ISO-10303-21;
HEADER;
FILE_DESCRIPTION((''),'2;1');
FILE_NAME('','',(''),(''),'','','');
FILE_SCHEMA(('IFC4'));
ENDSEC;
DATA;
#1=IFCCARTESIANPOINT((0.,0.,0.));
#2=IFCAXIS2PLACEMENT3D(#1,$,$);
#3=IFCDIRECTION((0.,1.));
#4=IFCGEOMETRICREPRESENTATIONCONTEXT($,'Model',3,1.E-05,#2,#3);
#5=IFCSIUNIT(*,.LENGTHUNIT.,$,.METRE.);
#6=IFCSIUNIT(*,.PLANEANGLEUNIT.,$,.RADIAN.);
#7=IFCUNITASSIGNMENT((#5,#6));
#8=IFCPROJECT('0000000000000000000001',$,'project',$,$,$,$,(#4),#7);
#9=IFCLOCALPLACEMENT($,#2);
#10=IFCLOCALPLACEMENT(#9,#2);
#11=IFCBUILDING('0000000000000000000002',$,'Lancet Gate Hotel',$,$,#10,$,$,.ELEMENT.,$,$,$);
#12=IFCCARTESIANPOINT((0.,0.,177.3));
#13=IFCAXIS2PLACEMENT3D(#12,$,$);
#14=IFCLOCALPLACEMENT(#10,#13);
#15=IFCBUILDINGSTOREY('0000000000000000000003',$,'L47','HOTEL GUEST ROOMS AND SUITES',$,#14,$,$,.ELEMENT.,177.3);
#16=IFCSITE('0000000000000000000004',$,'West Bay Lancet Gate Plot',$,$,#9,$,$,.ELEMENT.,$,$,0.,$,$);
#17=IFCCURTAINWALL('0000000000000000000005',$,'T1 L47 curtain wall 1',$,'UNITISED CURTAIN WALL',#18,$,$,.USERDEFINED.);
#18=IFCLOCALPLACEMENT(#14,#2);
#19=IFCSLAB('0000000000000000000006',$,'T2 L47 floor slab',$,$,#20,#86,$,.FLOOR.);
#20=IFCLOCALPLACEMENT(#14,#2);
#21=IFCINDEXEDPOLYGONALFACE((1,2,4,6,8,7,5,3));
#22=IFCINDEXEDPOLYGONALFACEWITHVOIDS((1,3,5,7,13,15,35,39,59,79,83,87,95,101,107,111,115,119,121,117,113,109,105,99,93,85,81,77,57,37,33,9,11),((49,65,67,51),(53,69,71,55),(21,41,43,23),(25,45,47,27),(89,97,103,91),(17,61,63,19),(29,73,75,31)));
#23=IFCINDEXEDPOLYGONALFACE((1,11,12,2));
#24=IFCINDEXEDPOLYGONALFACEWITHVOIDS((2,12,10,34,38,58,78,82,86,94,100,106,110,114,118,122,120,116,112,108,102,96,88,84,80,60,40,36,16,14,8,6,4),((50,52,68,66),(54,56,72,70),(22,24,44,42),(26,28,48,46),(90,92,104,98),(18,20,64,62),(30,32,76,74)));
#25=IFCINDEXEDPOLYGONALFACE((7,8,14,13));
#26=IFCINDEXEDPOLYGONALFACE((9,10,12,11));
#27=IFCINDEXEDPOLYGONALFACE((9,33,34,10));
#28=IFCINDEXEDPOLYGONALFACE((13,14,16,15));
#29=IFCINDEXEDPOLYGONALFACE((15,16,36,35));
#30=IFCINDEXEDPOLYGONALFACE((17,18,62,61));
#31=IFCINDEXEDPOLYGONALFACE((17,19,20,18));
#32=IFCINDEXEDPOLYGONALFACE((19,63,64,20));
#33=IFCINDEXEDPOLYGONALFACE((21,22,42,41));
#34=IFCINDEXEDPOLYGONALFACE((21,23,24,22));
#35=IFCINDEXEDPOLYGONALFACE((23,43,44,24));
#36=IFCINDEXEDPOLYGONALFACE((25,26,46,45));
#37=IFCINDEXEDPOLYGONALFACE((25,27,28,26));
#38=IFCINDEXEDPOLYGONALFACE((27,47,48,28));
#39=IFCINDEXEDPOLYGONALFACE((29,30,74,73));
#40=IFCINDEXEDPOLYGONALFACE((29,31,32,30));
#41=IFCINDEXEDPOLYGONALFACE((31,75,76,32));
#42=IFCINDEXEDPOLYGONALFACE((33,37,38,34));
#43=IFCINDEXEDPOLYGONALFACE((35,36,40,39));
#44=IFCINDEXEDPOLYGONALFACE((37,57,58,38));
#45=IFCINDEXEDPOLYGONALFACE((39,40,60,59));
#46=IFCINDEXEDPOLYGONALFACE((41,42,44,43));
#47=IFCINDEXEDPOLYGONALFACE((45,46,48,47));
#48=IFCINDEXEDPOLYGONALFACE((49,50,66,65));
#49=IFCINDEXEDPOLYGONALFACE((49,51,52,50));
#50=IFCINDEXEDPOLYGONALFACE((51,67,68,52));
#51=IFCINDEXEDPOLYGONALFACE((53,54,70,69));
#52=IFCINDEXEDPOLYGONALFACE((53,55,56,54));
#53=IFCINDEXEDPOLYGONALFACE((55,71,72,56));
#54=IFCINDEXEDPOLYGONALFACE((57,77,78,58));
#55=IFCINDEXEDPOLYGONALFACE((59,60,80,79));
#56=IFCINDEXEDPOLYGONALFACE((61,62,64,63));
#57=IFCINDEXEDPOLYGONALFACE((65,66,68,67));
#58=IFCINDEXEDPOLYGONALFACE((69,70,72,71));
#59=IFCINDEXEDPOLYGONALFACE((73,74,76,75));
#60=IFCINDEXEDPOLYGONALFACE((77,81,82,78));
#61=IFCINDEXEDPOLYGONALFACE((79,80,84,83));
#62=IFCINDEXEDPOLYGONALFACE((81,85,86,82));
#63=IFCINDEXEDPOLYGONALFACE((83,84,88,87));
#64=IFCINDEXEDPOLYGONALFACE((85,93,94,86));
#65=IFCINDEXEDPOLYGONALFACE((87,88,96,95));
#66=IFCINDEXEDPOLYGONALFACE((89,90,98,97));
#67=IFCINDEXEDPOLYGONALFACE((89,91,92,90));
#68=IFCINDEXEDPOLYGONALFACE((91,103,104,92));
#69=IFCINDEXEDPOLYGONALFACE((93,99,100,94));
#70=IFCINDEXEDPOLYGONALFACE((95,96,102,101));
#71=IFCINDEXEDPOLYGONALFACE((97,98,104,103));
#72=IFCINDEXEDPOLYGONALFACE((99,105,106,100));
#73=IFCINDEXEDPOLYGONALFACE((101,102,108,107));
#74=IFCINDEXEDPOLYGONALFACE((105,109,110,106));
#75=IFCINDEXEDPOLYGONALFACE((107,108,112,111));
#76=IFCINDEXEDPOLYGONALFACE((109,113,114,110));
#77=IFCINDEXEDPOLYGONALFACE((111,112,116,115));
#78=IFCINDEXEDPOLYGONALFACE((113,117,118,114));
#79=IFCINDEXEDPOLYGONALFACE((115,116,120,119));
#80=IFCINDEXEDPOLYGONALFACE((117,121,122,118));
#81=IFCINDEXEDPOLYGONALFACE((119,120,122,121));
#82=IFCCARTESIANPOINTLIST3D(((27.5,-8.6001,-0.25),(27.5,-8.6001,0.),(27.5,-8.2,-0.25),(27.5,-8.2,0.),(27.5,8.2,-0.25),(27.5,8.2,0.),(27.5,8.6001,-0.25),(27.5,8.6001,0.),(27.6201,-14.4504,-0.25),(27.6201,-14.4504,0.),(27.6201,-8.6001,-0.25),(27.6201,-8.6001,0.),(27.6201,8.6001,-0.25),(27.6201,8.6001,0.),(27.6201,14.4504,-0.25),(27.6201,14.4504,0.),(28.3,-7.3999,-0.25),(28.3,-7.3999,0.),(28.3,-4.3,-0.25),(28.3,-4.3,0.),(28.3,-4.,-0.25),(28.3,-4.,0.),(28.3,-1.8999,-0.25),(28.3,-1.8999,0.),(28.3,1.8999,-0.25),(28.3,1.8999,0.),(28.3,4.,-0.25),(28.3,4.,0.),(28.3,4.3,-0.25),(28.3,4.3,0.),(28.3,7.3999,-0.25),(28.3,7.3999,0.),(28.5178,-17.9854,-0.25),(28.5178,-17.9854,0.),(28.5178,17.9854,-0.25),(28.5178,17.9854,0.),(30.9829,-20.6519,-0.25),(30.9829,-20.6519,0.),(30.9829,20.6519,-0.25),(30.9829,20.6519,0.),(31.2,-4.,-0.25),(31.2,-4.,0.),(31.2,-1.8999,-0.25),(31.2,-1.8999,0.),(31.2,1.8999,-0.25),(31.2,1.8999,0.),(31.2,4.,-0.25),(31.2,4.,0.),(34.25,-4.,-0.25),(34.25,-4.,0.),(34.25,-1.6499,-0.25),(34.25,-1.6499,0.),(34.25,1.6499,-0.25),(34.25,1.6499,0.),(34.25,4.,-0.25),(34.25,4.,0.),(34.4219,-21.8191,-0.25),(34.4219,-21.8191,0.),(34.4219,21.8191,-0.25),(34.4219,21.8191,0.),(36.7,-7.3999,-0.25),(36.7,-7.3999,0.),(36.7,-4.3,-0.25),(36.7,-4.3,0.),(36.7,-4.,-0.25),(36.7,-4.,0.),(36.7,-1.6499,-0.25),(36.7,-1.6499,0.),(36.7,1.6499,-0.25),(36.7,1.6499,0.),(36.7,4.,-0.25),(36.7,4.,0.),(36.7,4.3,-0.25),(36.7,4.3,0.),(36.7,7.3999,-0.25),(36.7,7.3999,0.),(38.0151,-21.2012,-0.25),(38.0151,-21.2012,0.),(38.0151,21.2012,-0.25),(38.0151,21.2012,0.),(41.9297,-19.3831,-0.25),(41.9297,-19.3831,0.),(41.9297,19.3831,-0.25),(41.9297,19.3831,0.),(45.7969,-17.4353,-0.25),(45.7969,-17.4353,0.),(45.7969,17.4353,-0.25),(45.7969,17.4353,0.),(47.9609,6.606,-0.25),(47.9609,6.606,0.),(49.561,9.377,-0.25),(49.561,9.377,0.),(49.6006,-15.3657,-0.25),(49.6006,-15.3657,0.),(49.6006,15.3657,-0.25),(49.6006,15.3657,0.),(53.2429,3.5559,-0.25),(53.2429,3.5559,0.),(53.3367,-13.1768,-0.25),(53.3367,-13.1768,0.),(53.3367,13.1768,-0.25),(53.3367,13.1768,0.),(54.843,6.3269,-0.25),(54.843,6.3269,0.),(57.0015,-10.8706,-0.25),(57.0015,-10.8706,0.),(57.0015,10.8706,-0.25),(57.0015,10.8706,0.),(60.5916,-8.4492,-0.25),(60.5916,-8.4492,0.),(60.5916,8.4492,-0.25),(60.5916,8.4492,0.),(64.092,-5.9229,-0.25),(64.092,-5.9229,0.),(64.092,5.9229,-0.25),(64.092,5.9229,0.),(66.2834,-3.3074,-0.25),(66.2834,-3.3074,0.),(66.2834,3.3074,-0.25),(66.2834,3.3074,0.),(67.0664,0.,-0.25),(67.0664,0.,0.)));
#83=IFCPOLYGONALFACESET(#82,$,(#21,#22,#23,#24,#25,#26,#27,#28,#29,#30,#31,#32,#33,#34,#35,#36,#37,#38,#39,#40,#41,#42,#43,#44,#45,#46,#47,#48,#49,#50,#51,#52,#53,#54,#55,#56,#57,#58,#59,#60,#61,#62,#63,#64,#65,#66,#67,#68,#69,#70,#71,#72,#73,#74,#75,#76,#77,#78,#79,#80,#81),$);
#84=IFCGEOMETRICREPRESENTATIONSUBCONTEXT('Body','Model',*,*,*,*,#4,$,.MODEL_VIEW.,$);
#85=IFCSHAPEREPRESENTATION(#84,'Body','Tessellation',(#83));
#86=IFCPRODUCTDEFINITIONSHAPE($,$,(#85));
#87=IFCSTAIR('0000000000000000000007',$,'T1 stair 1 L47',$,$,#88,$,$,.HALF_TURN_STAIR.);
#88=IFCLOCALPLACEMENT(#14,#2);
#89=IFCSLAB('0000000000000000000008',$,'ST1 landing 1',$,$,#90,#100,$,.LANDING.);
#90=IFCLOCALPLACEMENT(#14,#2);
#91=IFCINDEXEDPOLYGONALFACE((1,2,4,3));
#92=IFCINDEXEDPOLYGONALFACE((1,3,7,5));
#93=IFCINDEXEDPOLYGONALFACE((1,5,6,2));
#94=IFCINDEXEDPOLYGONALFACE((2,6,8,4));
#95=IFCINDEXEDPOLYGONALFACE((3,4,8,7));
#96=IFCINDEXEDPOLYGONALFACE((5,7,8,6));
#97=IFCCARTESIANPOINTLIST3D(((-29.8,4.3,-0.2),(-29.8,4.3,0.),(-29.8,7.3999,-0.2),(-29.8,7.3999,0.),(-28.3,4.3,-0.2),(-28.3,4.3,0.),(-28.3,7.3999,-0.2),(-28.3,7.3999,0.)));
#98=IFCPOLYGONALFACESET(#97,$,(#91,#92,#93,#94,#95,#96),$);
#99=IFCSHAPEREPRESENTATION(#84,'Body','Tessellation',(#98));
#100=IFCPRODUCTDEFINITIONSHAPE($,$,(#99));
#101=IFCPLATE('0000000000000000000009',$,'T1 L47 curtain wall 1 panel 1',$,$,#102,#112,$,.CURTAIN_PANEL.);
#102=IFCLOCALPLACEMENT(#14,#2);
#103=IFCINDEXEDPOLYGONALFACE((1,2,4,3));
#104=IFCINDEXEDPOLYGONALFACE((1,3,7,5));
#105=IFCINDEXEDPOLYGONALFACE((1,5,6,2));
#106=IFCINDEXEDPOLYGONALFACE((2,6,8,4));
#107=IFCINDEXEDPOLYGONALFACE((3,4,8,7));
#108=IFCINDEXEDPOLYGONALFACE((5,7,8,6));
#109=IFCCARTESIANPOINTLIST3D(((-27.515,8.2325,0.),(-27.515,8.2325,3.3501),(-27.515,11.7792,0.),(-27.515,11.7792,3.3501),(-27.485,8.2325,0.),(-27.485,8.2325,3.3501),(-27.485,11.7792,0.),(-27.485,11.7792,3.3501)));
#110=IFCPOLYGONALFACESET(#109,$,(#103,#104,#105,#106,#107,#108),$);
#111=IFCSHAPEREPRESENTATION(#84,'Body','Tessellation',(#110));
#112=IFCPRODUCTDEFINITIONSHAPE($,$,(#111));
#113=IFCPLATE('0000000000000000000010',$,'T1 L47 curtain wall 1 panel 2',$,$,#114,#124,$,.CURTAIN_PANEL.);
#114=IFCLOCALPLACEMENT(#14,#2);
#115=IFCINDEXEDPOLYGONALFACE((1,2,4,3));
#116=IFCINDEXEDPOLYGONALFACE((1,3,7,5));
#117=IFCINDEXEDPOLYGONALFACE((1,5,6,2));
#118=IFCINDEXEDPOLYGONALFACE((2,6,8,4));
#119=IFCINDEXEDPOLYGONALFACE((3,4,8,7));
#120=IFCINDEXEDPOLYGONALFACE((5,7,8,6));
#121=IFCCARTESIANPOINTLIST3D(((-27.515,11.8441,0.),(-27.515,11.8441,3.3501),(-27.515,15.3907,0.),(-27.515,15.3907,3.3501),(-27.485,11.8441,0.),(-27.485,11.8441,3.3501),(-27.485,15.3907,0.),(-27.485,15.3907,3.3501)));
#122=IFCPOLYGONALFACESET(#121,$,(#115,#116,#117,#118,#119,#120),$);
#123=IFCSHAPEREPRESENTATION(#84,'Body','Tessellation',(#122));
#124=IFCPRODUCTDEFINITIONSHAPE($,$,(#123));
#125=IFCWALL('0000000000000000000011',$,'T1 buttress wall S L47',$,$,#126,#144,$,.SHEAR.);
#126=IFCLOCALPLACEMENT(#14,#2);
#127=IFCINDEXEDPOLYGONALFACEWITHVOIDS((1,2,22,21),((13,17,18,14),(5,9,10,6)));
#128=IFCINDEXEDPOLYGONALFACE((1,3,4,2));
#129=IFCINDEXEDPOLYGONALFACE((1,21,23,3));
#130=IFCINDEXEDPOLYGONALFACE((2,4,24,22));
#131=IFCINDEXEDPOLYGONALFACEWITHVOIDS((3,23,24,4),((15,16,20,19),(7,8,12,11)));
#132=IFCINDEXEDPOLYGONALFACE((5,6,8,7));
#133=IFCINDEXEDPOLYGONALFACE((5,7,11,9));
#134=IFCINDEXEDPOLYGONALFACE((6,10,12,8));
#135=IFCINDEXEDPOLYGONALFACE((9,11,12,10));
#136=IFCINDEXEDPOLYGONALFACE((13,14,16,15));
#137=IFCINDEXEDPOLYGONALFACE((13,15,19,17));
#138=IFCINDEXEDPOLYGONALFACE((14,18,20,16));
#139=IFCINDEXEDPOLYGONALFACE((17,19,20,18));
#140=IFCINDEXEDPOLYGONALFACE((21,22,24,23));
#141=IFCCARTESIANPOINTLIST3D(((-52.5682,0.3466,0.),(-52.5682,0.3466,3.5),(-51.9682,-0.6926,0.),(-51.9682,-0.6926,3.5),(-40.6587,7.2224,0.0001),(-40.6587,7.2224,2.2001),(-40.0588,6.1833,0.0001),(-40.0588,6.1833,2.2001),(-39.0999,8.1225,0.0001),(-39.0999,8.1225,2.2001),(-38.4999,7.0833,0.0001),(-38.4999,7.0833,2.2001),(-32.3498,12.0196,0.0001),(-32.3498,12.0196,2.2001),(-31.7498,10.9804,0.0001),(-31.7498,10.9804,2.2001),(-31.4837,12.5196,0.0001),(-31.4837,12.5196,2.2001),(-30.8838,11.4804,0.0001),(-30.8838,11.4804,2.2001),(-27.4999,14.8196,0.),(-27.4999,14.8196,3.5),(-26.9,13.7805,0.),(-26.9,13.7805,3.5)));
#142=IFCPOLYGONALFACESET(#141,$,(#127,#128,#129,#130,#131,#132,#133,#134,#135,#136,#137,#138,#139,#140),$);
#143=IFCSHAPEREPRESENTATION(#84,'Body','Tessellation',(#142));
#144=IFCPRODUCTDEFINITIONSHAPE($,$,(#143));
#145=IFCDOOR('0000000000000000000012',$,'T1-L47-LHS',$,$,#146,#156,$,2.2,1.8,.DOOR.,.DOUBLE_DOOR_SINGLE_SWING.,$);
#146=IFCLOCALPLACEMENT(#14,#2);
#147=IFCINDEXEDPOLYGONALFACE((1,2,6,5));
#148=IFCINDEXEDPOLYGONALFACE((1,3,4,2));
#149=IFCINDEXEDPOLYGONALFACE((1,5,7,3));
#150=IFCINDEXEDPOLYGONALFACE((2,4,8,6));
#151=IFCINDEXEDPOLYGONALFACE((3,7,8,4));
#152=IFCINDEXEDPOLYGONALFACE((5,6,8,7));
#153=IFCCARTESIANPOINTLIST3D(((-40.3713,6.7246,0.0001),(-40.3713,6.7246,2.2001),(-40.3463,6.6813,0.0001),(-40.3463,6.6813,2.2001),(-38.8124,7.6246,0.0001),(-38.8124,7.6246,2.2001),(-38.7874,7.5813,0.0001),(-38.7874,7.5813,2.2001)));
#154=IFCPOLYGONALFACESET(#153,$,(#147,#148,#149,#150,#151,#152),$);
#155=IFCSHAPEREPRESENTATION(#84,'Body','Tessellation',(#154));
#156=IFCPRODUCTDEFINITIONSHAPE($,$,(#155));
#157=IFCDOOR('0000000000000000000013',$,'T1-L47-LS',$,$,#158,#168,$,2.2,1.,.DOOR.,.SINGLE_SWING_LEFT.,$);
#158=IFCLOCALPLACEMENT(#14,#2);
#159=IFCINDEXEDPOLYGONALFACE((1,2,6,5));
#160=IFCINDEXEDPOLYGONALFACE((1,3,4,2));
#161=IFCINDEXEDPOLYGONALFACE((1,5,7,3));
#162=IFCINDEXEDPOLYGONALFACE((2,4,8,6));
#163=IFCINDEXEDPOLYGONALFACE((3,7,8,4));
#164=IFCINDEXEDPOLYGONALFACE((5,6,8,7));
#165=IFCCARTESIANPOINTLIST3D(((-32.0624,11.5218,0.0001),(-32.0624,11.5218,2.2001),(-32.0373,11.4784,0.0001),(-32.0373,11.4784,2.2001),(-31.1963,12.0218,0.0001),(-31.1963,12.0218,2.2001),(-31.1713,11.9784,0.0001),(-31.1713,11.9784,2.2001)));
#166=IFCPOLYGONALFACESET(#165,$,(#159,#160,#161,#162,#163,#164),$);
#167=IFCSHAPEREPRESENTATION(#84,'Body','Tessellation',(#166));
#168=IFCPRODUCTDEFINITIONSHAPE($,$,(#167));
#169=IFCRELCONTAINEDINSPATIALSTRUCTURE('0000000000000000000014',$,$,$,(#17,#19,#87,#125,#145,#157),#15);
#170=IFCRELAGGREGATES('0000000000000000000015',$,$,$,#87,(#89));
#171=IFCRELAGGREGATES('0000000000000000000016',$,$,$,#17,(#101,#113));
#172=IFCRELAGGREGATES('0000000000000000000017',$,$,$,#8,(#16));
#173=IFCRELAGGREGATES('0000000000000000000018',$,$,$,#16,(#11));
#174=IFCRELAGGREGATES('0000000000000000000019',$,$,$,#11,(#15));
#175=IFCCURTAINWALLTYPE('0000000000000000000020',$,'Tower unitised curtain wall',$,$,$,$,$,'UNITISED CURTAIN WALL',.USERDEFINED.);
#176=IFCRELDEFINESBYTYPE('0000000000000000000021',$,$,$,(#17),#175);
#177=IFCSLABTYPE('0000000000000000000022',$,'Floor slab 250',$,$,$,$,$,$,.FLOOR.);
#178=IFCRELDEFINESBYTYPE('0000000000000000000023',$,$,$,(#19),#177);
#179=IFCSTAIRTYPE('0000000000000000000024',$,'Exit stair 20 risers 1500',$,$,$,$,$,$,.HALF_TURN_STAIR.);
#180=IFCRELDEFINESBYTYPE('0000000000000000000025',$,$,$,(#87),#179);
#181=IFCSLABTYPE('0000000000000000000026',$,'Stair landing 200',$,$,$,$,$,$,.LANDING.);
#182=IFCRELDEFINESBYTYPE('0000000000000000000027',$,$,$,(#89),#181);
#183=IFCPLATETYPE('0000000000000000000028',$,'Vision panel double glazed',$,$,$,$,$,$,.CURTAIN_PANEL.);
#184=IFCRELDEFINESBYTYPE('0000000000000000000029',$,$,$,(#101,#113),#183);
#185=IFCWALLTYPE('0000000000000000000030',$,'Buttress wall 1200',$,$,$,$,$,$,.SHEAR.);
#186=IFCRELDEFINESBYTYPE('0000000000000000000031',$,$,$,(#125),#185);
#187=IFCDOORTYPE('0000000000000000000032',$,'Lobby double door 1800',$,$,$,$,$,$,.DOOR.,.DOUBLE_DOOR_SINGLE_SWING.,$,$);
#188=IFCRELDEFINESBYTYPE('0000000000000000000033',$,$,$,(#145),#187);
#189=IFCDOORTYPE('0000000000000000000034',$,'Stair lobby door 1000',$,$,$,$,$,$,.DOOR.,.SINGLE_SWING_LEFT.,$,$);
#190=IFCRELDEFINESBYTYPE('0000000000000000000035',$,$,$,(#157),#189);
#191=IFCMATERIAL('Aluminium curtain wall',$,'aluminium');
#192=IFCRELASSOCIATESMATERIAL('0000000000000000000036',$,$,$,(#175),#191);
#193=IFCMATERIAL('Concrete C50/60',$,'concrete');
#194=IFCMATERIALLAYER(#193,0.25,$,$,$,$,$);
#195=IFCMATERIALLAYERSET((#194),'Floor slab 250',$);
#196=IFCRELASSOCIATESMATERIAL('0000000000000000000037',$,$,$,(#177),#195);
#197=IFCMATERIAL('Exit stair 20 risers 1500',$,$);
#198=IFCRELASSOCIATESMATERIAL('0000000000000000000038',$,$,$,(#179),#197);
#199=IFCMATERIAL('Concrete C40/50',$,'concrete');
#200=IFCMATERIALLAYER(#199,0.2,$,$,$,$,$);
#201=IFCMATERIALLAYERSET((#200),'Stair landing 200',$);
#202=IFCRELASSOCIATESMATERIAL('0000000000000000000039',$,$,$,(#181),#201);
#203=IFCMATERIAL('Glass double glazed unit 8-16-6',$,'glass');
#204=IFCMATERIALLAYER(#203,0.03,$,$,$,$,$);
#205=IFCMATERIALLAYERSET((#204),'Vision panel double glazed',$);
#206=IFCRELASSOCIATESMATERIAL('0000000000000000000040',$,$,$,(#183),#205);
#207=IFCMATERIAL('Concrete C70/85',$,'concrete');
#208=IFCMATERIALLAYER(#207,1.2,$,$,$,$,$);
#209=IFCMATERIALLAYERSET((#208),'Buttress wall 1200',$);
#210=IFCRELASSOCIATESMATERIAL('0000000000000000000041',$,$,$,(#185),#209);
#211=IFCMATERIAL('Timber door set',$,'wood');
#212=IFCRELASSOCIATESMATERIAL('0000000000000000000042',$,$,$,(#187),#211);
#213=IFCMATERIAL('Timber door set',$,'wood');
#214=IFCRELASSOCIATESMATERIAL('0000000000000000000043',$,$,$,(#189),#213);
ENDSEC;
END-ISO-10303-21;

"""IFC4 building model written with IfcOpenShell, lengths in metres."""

from ifc_helpers import new_model, si_unit, direction, frame, frame_2d, origin, origin_2d, place, context, subcontext, project, spatial, polyline, rectangle, outline, extrude, material, layer, layer_set, type_object, element, fill, aggregate, save


model = new_model("IFC4")

# Units and contexts
model_context = context("Model", 3, precision=1e-05, world=origin(), true_north=direction((0.0, 1.0)))
body_context = subcontext(model_context, "Body", "Model", "MODEL_VIEW")
ifc_project = project(units=[si_unit("LENGTHUNIT", "METRE"), si_unit("PLANEANGLEUNIT", "RADIAN")], contexts=[model_context])

# Site, building, storey
site_placement = place(None, origin())
site = spatial("IfcSite", under=ifc_project, at=site_placement, Name="West Bay Lancet Gate Plot", CompositionType="ELEMENT", RefElevation=0.0)
building_placement = place(site_placement, origin())
building = spatial("IfcBuilding", under=site, at=building_placement, Name="Lancet Gate Hotel", CompositionType="ELEMENT")
storey_placement = place(building_placement, frame((0.0, 0.0, 177.3)))
storey = spatial("IfcBuildingStorey", under=building, at=storey_placement, Name="L47", Description="HOTEL GUEST ROOMS AND SUITES", CompositionType="ELEMENT", Elevation=177.3)

# Curtain wall
ifc_material_1 = material(Name="Aluminium curtain wall", Category="aluminium")
curtain_wall_type = type_object("IfcCurtainWallType", Name="Tower unitised curtain wall", ElementType="UNITISED CURTAIN WALL", PredefinedType="USERDEFINED", material=ifc_material_1)
curtain_wall_placement = place(storey_placement, origin())
curtain_wall = element("IfcCurtainWall", 1, at=curtain_wall_placement, inside=storey, type_object=curtain_wall_type, Name="T1 L47 curtain wall 1", ObjectType="UNITISED CURTAIN WALL", PredefinedType="USERDEFINED")

# Slab
ifc_material_2 = material(Name="Concrete C50/60", Category="concrete")
ifc_layer_1 = layer(ifc_material_2, 0.25)
ifc_layer_set_1 = layer_set([ifc_layer_1], Name="Floor slab 250")
slab_type_1 = type_object("IfcSlabType", Name="Floor slab 250", PredefinedType="FLOOR", material=ifc_layer_set_1)
slab_1_placement = place(storey_placement, frame((0.0, 0.0, -0.25)))
element("IfcSlab", 2, at=slab_1_placement, inside=storey, type_object=slab_type_1, Name="T2 L47 floor slab", PredefinedType="FLOOR", context=body_context, shape_type="SweptSolid", body=[
    extrude(outline(polyline([(27.5, -8.6001), (27.6201, -8.6001), (27.6201, -14.4504), (28.5178, -17.9854), (30.9829, -20.6519), (34.4219, -21.8191), (38.0151, -21.2012), (41.9297, -19.3831), (45.7969, -17.4353), (49.6006, -15.3657), (53.3367, -13.1768), (57.0015, -10.8706), (60.5916, -8.4492), (64.092, -5.9229), (66.2834, -3.3074), (67.0664, 0.0), (66.2834, 3.3074), (64.092, 5.9229), (60.5916, 8.4492), (57.0015, 10.8706), (53.3367, 13.1768), (49.6006, 15.3657), (45.7969, 17.4353), (41.9297, 19.3831), (38.0151, 21.2012), (34.4219, 21.8191), (30.9829, 20.6519), (28.5178, 17.9854), (27.6201, 14.4504), (27.6201, 8.6001), (27.5, 8.6001), (27.5, 8.2), (27.5, -8.2), (27.5, -8.6001)]), holes=[polyline([(36.7, -7.3999), (36.7, -4.3), (28.3, -4.3), (28.3, -7.3999), (36.7, -7.3999)]), polyline([(28.3, -4.0), (31.2, -4.0), (31.2, -1.8999), (28.3, -1.8999), (28.3, -4.0)]), polyline([(34.25, -4.0), (36.7, -4.0), (36.7, -1.6499), (34.25, -1.6499), (34.25, -4.0)]), polyline([(36.7, 1.6499), (36.7, 4.0), (34.25, 4.0), (34.25, 1.6499), (36.7, 1.6499)]), polyline([(28.3, 1.8999), (31.2, 1.8999), (31.2, 4.0), (28.3, 4.0), (28.3, 1.8999)]), polyline([(28.3, 4.3), (36.7, 4.3), (36.7, 7.3999), (28.3, 7.3999), (28.3, 4.3)]), polyline([(53.2429, 3.5559), (54.843, 6.3269), (49.561, 9.377), (47.9609, 6.606), (53.2429, 3.5559)])]), origin(), (0.0, 0.0, 1.0), 0.25),
])

# Stair, slab
ifc_material_3 = material(Name="Exit stair 20 risers 1500")
stair_type = type_object("IfcStairType", Name="Exit stair 20 risers 1500", PredefinedType="HALF_TURN_STAIR", material=ifc_material_3)
stair_placement = place(storey_placement, origin())
stair = element("IfcStair", 3, at=stair_placement, inside=storey, type_object=stair_type, Name="T1 stair 1 L47", PredefinedType="HALF_TURN_STAIR")
ifc_material_4 = material(Name="Concrete C40/50", Category="concrete")
ifc_layer_2 = layer(ifc_material_4, 0.2)
ifc_layer_set_2 = layer_set([ifc_layer_2], Name="Stair landing 200")
slab_type_2 = type_object("IfcSlabType", Name="Stair landing 200", PredefinedType="LANDING", material=ifc_layer_set_2)
slab_2_placement = place(storey_placement, frame((0.0, 0.0, -0.2)))
slab_2 = element("IfcSlab", 4, at=slab_2_placement, type_object=slab_type_2, Name="ST1 landing 1", PredefinedType="LANDING", context=body_context, shape_type="SweptSolid", body=[
    extrude(outline(polyline([(-28.3, 7.3999), (-29.8, 7.3999), (-29.8, 4.3), (-28.3, 4.3), (-28.3, 7.3999)])), origin(), (0.0, 0.0, 1.0), 0.2),
])
aggregate(stair, [slab_2])

# Plates
ifc_material_5 = material(Name="Glass double glazed unit 8-16-6", Category="glass")
ifc_layer_3 = layer(ifc_material_5, 0.03)
ifc_layer_set_3 = layer_set([ifc_layer_3], Name="Vision panel double glazed")
plate_type = type_object("IfcPlateType", Name="Vision panel double glazed", PredefinedType="CURTAIN_PANEL", material=ifc_layer_set_3)
plate_1_placement = place(storey_placement, frame((-27.5, 10.0059, 0.0), z_axis=(0.0, 0.0, 1.0), x_axis=(0.0, 1.0, 0.0)))
plate_1 = element("IfcPlate", 5, at=plate_1_placement, type_object=plate_type, Name="T1 L47 curtain wall 1 panel 1", PredefinedType="CURTAIN_PANEL", context=body_context, shape_type="SweptSolid", body=[
    extrude(rectangle(XDim=3.5466, YDim=0.03, at=origin_2d()), origin(), (0.0, 0.0, 1.0), 3.3501),
])
plate_2_placement = place(storey_placement, frame((-27.5, 13.6174, 0.0), z_axis=(0.0, 0.0, 1.0), x_axis=(0.0, 1.0, 0.0)))
plate_2 = element("IfcPlate", 6, at=plate_2_placement, type_object=plate_type, Name="T1 L47 curtain wall 1 panel 2", PredefinedType="CURTAIN_PANEL", context=body_context, shape_type="SweptSolid", body=[
    extrude(rectangle(XDim=3.5466, YDim=0.03, at=origin_2d()), origin(), (0.0, 0.0, 1.0), 3.3501),
])
aggregate(curtain_wall, [plate_1, plate_2])

# Wall, openings, doors
ifc_material_6 = material(Name="Concrete C70/85", Category="concrete")
ifc_layer_4 = layer(ifc_material_6, 1.2)
ifc_layer_set_4 = layer_set([ifc_layer_4], Name="Buttress wall 1200")
wall_type_1 = type_object("IfcWallType", Name="Buttress wall 1200", PredefinedType="SHEAR", material=ifc_layer_set_4)
wall_1_placement = place(storey_placement, frame((-27.2, 14.3, 0.0), z_axis=(0.0, 0.0, 1.0), x_axis=(-0.866027, -0.499998, 0.0)))
wall_1 = element("IfcWall", 7, at=wall_1_placement, inside=storey, type_object=wall_type_1, Name="T1 buttress wall S L47", PredefinedType="SHEAR", context=body_context, shape_type="SweptSolid", body=[
    extrude(rectangle(XDim=28.9463, YDim=1.2, at=frame_2d((14.4731, 0.0))), origin(), (0.0, 0.0, 1.0), 3.5),
])
opening_1_placement = place(wall_1_placement, frame((4.6001, 0.0, 0.0)))
opening_1 = element("IfcOpeningElement", 8, at=opening_1_placement, cuts=wall_1, PredefinedType="OPENING", context=body_context, shape_type="SweptSolid", body=[
    extrude(rectangle(XDim=1.0, YDim=2.2, at=frame_2d((0.5, 1.1001))), frame((0.0, 0.6099, 0.0), z_axis=(0.0, -1.0, 0.0), x_axis=(1.0, 0.0, 0.0)), (0.0, 0.0, 1.0), 1.22),
])
opening_2_placement = place(wall_1_placement, frame((13.3945, 0.0, 0.0)))
opening_2 = element("IfcOpeningElement", 9, at=opening_2_placement, cuts=wall_1, PredefinedType="OPENING", context=body_context, shape_type="SweptSolid", body=[
    extrude(rectangle(XDim=1.8, YDim=2.2, at=frame_2d((0.8999, 1.1001))), frame((0.0, 0.6099, 0.0), z_axis=(0.0, -1.0, 0.0), x_axis=(1.0, 0.0, 0.0)), (0.0, 0.0, 1.0), 1.22),
])
ifc_material_7 = material(Name="Timber door set", Category="wood")
door_type_1 = type_object("IfcDoorType", Name="Lobby double door 1800", OperationType="DOUBLE_DOOR_SINGLE_SWING", PredefinedType="DOOR", material=ifc_material_7)
door_1_placement = place(opening_2_placement, origin())
door_1 = element("IfcDoor", 10, at=door_1_placement, inside=storey, type_object=door_type_1, Name="T1-L47-LHS", OperationType="DOUBLE_DOOR_SINGLE_SWING", OverallHeight=2.2, OverallWidth=1.8, PredefinedType="DOOR", context=body_context, shape_type="SweptSolid", body=[
    extrude(rectangle(XDim=1.8, YDim=2.2, at=frame_2d((0.8999, 1.1001))), frame((0.0, 0.0249, 0.0), z_axis=(0.0, -1.0, 0.0), x_axis=(1.0, 0.0, 0.0)), (0.0, 0.0, 1.0), 0.05),
])
fill(opening_2, door_1)
ifc_material_8 = material(Name="Timber door set", Category="wood")
door_type_2 = type_object("IfcDoorType", Name="Stair lobby door 1000", OperationType="SINGLE_SWING_LEFT", PredefinedType="DOOR", material=ifc_material_8)
door_2_placement = place(opening_1_placement, origin())
door_2 = element("IfcDoor", 11, at=door_2_placement, inside=storey, type_object=door_type_2, Name="T1-L47-LS", OperationType="SINGLE_SWING_LEFT", OverallHeight=2.2, OverallWidth=1.0, PredefinedType="DOOR", context=body_context, shape_type="SweptSolid", body=[
    extrude(rectangle(XDim=1.0, YDim=2.2, at=frame_2d((0.5, 1.1001))), frame((0.0, 0.0249, 0.0), z_axis=(0.0, -1.0, 0.0), x_axis=(1.0, 0.0, 0.0)), (0.0, 0.0, 1.0), 0.05),
])
fill(opening_1, door_2)

save(model, "model.ifc")
